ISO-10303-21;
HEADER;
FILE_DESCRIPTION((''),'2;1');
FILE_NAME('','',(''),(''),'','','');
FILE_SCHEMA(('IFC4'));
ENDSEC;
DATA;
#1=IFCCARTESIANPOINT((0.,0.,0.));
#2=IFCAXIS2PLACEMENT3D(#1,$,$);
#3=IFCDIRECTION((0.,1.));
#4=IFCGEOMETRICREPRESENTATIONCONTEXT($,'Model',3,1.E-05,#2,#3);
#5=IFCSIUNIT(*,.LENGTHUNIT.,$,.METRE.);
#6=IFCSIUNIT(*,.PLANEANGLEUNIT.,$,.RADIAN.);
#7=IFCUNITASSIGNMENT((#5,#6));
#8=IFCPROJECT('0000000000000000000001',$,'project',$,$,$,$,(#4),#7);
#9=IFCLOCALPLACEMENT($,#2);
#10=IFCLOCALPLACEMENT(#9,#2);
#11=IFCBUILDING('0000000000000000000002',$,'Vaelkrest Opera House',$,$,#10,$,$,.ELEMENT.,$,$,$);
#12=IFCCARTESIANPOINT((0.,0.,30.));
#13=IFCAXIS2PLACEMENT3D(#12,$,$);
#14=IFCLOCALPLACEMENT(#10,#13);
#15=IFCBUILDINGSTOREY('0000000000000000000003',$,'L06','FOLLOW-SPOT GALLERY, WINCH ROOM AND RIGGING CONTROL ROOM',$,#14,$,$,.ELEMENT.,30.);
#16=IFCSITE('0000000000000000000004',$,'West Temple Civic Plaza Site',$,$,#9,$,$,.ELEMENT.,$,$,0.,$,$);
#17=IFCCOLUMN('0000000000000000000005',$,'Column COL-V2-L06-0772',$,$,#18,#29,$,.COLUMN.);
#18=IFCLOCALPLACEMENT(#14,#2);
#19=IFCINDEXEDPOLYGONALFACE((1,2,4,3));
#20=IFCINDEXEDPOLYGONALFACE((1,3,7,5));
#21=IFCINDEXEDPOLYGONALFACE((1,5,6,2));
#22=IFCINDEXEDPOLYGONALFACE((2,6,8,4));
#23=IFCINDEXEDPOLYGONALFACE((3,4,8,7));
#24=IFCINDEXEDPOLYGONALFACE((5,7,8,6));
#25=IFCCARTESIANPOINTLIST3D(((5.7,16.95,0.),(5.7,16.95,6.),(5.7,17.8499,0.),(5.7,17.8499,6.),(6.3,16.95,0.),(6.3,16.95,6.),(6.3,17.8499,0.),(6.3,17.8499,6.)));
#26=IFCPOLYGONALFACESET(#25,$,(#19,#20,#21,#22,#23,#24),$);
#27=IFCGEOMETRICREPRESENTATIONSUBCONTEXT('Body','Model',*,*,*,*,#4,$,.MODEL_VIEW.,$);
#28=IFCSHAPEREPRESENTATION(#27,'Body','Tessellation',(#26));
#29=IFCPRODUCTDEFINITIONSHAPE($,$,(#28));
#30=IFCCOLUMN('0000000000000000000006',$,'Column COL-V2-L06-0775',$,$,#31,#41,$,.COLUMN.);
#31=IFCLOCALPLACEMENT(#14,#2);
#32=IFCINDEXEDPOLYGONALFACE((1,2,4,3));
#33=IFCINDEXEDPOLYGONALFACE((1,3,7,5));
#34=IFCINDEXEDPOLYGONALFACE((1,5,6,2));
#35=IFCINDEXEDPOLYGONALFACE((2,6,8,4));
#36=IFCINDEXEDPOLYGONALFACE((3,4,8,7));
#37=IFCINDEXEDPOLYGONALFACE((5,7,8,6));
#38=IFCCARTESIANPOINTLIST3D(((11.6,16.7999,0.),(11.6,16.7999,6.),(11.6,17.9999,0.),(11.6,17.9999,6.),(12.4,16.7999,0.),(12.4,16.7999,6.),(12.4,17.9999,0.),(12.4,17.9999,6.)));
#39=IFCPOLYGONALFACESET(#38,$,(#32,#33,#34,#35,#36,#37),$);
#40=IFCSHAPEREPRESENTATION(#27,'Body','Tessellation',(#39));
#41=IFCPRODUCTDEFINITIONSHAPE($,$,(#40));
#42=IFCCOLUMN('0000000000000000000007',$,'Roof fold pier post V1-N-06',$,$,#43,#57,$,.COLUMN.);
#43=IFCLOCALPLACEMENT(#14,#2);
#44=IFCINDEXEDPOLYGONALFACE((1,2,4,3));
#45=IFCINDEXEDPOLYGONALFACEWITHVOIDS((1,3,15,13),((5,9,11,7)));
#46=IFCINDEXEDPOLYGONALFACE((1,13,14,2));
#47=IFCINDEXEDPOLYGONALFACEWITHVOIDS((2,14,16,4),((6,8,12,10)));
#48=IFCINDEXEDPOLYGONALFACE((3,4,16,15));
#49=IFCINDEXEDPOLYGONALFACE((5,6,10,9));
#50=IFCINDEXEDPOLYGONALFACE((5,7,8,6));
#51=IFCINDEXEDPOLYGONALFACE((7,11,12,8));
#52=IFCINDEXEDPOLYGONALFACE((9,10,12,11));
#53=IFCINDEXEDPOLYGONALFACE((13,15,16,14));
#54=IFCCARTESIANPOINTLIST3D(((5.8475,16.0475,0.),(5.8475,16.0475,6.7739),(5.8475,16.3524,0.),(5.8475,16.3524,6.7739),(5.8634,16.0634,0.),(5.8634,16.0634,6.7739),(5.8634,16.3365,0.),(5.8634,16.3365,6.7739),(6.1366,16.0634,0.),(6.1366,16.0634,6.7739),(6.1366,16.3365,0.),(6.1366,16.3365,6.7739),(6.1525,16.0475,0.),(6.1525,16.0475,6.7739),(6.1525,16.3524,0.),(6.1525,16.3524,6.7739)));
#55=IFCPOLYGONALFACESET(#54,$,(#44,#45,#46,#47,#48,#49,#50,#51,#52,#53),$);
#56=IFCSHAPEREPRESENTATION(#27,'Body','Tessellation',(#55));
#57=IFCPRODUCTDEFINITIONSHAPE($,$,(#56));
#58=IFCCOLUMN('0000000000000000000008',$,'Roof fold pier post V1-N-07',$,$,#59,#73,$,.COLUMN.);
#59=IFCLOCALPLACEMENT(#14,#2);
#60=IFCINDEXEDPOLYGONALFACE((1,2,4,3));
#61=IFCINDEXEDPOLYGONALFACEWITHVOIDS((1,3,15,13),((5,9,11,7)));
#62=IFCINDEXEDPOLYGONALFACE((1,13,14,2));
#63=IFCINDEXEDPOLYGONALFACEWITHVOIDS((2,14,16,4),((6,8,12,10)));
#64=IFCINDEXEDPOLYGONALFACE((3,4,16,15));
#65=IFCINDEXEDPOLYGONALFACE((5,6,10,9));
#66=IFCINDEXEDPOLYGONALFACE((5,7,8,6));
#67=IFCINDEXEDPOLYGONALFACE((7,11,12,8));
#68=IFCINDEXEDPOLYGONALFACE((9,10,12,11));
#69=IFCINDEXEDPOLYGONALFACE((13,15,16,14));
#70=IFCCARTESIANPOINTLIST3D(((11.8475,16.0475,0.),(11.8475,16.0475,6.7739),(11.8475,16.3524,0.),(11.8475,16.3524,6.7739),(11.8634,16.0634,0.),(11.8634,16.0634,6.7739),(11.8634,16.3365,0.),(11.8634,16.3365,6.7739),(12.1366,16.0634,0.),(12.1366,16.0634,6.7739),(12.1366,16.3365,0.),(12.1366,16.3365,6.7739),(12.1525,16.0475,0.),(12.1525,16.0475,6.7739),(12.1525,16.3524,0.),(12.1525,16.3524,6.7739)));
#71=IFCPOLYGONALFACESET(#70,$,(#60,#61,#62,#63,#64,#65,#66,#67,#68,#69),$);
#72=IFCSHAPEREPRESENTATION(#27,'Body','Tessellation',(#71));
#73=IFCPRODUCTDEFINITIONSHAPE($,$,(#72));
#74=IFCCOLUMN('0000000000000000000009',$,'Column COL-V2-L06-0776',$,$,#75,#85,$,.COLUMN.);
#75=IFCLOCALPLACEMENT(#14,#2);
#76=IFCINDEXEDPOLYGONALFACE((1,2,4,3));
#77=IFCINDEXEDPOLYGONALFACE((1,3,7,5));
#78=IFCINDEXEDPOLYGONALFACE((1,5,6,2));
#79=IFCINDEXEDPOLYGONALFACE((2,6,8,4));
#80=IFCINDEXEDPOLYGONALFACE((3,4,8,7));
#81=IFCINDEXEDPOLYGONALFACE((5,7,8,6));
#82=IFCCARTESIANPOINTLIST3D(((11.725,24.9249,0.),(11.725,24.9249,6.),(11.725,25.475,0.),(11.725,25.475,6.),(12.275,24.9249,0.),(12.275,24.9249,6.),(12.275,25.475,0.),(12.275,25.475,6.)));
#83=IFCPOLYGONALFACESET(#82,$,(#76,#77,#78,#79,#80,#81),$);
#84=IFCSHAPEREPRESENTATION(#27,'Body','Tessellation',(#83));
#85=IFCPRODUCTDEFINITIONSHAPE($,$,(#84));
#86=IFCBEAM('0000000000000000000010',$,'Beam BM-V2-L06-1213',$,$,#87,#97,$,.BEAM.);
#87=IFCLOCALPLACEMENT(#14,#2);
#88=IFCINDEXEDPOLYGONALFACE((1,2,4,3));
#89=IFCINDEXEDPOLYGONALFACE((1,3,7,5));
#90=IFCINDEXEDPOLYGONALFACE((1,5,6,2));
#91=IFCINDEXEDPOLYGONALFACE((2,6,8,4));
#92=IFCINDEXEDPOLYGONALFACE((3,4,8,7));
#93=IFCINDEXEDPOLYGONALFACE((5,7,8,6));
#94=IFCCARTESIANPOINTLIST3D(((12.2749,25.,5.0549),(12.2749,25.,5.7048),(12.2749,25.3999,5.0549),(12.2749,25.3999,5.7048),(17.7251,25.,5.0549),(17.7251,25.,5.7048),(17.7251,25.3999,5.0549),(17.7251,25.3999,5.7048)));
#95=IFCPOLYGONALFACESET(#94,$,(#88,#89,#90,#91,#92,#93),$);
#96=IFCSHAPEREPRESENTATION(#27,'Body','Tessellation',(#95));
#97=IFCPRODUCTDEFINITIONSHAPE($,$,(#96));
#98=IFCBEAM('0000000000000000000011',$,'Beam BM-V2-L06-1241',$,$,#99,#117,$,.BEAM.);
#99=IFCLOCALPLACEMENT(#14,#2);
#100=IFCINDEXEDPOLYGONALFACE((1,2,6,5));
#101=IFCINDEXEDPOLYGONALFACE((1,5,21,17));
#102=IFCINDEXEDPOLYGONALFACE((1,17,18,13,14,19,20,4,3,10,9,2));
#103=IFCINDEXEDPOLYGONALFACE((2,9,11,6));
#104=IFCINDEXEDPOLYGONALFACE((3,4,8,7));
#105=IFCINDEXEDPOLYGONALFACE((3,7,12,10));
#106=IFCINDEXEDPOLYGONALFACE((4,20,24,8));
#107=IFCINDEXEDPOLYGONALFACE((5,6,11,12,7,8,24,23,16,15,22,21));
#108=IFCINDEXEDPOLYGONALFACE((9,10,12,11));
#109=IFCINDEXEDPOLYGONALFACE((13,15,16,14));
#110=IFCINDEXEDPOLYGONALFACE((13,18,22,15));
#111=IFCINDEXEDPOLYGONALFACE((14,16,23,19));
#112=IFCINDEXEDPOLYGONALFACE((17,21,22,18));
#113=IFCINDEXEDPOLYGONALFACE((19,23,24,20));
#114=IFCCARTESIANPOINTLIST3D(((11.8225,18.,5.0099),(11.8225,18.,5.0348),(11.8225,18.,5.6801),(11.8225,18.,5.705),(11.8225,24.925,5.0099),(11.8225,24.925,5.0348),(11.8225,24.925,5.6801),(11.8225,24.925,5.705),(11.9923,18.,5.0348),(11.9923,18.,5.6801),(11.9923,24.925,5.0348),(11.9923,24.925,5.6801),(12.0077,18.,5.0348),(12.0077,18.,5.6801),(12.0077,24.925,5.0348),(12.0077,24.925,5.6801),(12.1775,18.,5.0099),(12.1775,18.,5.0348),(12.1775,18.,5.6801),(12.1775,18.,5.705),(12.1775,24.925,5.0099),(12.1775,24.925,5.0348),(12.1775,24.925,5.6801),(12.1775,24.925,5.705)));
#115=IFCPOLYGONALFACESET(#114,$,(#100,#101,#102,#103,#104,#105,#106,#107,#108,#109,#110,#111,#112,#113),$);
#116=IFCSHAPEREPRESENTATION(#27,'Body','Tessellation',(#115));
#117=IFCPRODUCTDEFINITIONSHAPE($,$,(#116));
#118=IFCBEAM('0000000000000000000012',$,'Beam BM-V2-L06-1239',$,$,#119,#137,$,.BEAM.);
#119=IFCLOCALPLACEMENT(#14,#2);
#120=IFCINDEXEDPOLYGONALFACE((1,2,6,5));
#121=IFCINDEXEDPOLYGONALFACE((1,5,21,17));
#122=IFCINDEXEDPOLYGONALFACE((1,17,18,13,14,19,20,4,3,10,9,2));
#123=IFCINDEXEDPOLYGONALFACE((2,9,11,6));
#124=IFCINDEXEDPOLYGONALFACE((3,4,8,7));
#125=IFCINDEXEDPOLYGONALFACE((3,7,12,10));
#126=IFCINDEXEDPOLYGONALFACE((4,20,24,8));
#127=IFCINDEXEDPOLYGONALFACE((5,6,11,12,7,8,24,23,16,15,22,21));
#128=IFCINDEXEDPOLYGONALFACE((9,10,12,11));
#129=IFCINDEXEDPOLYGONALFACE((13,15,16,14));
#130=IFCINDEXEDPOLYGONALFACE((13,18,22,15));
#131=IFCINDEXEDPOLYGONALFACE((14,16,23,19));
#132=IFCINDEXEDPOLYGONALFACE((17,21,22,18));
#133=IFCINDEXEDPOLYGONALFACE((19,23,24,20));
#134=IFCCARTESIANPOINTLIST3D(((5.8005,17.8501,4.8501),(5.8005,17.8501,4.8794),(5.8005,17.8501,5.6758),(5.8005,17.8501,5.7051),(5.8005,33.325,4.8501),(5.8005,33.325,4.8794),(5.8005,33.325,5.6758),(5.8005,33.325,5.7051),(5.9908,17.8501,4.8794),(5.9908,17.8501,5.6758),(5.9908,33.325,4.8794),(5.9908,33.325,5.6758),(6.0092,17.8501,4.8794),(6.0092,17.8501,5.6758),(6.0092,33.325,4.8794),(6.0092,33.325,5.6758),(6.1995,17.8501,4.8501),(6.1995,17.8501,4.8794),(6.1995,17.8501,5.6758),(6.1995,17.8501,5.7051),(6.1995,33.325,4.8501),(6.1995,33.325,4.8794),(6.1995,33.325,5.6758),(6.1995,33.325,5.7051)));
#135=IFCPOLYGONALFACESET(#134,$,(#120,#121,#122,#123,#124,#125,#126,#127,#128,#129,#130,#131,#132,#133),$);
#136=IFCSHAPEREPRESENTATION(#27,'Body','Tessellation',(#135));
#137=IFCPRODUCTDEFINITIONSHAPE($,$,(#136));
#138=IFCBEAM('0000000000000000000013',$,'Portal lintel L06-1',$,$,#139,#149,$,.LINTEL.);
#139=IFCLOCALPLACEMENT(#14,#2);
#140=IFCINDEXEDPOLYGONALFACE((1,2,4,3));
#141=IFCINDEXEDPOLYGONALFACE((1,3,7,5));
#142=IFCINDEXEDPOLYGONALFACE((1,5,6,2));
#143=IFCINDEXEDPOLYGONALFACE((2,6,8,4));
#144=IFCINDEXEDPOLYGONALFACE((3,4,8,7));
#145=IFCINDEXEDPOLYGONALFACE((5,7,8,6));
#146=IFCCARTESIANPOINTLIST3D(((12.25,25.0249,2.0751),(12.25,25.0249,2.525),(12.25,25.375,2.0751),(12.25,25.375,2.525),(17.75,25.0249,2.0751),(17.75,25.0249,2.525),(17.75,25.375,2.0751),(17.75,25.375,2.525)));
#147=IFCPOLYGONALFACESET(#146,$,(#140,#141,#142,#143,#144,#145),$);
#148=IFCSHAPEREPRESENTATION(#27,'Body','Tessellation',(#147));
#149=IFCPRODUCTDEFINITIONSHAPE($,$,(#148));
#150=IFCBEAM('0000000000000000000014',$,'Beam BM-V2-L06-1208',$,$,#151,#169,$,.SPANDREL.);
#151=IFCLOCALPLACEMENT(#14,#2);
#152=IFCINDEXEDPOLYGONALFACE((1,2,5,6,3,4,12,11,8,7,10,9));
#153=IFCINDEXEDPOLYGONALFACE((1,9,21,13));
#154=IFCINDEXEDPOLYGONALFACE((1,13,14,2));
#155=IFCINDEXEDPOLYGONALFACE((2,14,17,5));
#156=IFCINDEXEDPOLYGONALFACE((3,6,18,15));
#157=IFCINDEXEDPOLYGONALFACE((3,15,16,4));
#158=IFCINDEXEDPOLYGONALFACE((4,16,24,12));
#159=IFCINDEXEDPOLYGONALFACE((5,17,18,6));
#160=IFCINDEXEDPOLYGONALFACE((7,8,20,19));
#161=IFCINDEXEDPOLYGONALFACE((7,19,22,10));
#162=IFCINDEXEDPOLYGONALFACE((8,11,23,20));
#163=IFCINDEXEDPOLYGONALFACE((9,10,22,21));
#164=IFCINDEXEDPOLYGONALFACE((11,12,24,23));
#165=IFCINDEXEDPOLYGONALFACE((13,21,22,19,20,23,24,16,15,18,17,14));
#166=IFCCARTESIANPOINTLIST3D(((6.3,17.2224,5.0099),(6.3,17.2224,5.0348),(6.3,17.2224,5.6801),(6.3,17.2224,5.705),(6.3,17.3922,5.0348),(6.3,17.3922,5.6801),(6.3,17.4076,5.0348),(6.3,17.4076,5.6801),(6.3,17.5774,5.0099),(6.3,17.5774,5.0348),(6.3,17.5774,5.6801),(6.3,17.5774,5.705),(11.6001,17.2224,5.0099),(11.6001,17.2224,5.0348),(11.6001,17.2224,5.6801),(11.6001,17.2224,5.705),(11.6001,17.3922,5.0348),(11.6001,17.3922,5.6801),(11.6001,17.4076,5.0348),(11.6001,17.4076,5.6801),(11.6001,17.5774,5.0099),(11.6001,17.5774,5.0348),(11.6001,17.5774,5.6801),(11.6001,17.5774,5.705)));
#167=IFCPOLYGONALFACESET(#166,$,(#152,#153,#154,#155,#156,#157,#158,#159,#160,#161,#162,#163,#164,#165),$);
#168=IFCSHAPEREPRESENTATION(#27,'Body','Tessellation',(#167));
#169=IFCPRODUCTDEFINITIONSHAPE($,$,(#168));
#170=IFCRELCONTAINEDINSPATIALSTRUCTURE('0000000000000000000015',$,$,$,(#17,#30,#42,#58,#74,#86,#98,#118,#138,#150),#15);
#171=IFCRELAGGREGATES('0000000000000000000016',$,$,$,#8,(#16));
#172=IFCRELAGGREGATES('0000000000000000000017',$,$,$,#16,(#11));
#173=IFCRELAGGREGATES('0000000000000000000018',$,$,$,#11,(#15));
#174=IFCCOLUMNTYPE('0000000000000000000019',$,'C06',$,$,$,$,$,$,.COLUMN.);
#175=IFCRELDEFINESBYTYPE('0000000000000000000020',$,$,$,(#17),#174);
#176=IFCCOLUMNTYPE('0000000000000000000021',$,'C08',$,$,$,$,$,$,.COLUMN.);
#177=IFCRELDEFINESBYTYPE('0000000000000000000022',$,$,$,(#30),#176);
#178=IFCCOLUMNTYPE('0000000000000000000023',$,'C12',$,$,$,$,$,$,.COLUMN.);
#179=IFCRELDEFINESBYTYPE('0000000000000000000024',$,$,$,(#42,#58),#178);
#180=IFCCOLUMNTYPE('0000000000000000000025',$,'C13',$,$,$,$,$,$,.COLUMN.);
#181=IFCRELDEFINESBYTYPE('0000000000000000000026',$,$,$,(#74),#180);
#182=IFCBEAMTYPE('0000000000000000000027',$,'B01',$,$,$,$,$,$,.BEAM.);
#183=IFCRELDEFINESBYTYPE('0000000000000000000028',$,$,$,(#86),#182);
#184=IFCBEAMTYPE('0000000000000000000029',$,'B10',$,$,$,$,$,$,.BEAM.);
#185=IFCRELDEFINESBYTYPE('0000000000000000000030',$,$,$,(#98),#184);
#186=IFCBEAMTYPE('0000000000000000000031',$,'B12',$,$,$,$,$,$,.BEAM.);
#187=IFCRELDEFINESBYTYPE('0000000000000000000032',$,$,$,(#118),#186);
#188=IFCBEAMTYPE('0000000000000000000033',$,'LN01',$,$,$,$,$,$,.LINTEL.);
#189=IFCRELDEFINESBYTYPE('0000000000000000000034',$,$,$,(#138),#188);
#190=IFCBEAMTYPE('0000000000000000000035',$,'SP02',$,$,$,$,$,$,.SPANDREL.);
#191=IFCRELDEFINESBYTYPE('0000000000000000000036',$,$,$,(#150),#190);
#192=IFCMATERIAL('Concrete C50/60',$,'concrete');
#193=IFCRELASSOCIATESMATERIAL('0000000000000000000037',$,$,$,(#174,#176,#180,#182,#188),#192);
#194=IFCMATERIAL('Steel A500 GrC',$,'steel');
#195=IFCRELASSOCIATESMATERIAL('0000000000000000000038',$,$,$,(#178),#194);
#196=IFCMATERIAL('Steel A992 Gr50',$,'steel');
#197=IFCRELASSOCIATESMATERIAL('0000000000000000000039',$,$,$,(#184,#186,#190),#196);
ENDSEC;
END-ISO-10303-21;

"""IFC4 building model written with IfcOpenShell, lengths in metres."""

from ifc_helpers import new_model, si_unit, direction, frame, origin, origin_2d, place, context, subcontext, project, spatial, rectangle, hollow_rectangle, i_section, extrude, material, material_profile, profile_set, type_object, element, save


model = new_model("IFC4")

# Units and contexts
model_context = context("Model", 3, precision=1e-05, world=origin(), true_north=direction((0.0, 1.0)))
body_context = subcontext(model_context, "Body", "Model", "MODEL_VIEW")
ifc_project = project(units=[si_unit("LENGTHUNIT", "METRE"), si_unit("PLANEANGLEUNIT", "RADIAN")], contexts=[model_context])

# Site, building, storey
site_placement = place(None, origin())
site = spatial("IfcSite", under=ifc_project, at=site_placement, Name="West Temple Civic Plaza Site", CompositionType="ELEMENT", RefElevation=0.0)
building_placement = place(site_placement, origin())
building = spatial("IfcBuilding", under=site, at=building_placement, Name="Vaelkrest Opera House", CompositionType="ELEMENT")
storey_placement = place(building_placement, frame((0.0, 0.0, 30.0)))
storey = spatial("IfcBuildingStorey", under=building, at=storey_placement, Name="L06", Description="FOLLOW-SPOT GALLERY, WINCH ROOM AND RIGGING CONTROL ROOM", CompositionType="ELEMENT", Elevation=30.0)

# Columns
ifc_material_1 = material(Name="Concrete C50/60", Category="concrete")
ifc_material_profile_1 = material_profile(ifc_material_1, rectangle(XDim=0.6001, YDim=0.8999, at=origin_2d()), Name="RC600X900")
ifc_profile_set_1 = profile_set([ifc_material_profile_1], Name="Concrete C50/60")
column_type_1 = type_object("IfcColumnType", Name="C06", PredefinedType="COLUMN", material=ifc_profile_set_1)
column_1_placement = place(storey_placement, frame((6.0, 17.3999, 0.0), z_axis=(0.0, 0.0, 1.0), x_axis=(1.0, 0.0, 0.0)))
element("IfcColumn", 1, at=column_1_placement, inside=storey, type_object=column_type_1, Name="Column COL-V2-L06-0772", PredefinedType="COLUMN", context=body_context, shape_type="SweptSolid", body=[
    extrude(rectangle(XDim=0.6001, YDim=0.8999, at=origin_2d()), origin(), (0.0, 0.0, 1.0), 6.0),
])
ifc_material_profile_2 = material_profile(ifc_material_1, rectangle(XDim=0.8, YDim=1.2, at=origin_2d()), Name="RC800X1200")
ifc_profile_set_2 = profile_set([ifc_material_profile_2], Name="Concrete C50/60")
column_type_2 = type_object("IfcColumnType", Name="C08", PredefinedType="COLUMN", material=ifc_profile_set_2)
column_2_placement = place(storey_placement, frame((12.0, 17.3999, 0.0), z_axis=(0.0, 0.0, 1.0), x_axis=(1.0, 0.0, 0.0)))
element("IfcColumn", 2, at=column_2_placement, inside=storey, type_object=column_type_2, Name="Column COL-V2-L06-0775", PredefinedType="COLUMN", context=body_context, shape_type="SweptSolid", body=[
    extrude(rectangle(XDim=0.8, YDim=1.2, at=origin_2d()), origin(), (0.0, 0.0, 1.0), 6.0),
])
ifc_material_2 = material(Name="Steel A500 GrC", Category="steel")
ifc_material_profile_3 = material_profile(ifc_material_2, hollow_rectangle(XDim=0.3049, YDim=0.3049, WallThickness=0.0159, at=origin_2d()), Name="HSS305X305X15.9")
ifc_profile_set_3 = profile_set([ifc_material_profile_3], Name="Steel A500 GrC")
column_type_3 = type_object("IfcColumnType", Name="C12", PredefinedType="COLUMN", material=ifc_profile_set_3)
for number, where, z_axis, x_axis, name in (
    (3, (6.0, 16.2, 0.0), (0.0, 0.0, 1.0), (1.0, 0.0, 0.0), "Roof fold pier post V1-N-06"),
    (4, (12.0, 16.2, 0.0), (0.0, 0.0, 1.0), (1.0, 0.0, 0.0), "Roof fold pier post V1-N-07"),
):
    element("IfcColumn", number, at=place(storey_placement, frame(where, z_axis=z_axis, x_axis=x_axis)), inside=storey, type_object=column_type_3, Name=name, PredefinedType="COLUMN", context=body_context, shape_type="SweptSolid", body=[
        extrude(hollow_rectangle(XDim=0.3049, YDim=0.3049, WallThickness=0.0159, at=origin_2d()), origin(), (0.0, 0.0, 1.0), 6.7739),
    ])
ifc_material_profile_4 = material_profile(ifc_material_1, rectangle(XDim=0.55, YDim=0.55, at=origin_2d()), Name="RC550X550")
ifc_profile_set_4 = profile_set([ifc_material_profile_4], Name="Concrete C50/60")
column_type_4 = type_object("IfcColumnType", Name="C13", PredefinedType="COLUMN", material=ifc_profile_set_4)
column_3_placement = place(storey_placement, frame((12.0, 25.2, 0.0), z_axis=(0.0, 0.0, 1.0), x_axis=(1.0, 0.0, 0.0)))
element("IfcColumn", 5, at=column_3_placement, inside=storey, type_object=column_type_4, Name="Column COL-V2-L06-0776", PredefinedType="COLUMN", context=body_context, shape_type="SweptSolid", body=[
    extrude(rectangle(XDim=0.55, YDim=0.55, at=origin_2d()), origin(), (0.0, 0.0, 1.0), 6.0),
])

# Beams
ifc_material_profile_5 = material_profile(ifc_material_1, rectangle(XDim=0.3999, YDim=0.6499, at=origin_2d()), Name="RCB400X650")
ifc_profile_set_5 = profile_set([ifc_material_profile_5], Name="Concrete C50/60")
beam_type_1 = type_object("IfcBeamType", Name="B01", PredefinedType="BEAM", material=ifc_profile_set_5)
beam_1_placement = place(storey_placement, frame((12.2749, 25.2, 5.3799), z_axis=(1.0, 0.0, 0.0), x_axis=(0.0, 1.0, 0.0)))
element("IfcBeam", 6, at=beam_1_placement, inside=storey, type_object=beam_type_1, Name="Beam BM-V2-L06-1213", PredefinedType="BEAM", context=body_context, shape_type="SweptSolid", body=[
    extrude(rectangle(XDim=0.3999, YDim=0.6499, at=origin_2d()), origin(), (0.0, 0.0, 1.0), 5.4502),
])
ifc_material_3 = material(Name="Steel A992 Gr50", Category="steel")
ifc_material_profile_6 = material_profile(ifc_material_3, i_section(OverallWidth=0.355, OverallDepth=0.6951, WebThickness=0.0154, FlangeThickness=0.0249, at=origin_2d()), Name="W27X146")
ifc_profile_set_6 = profile_set([ifc_material_profile_6], Name="Steel A992 Gr50")
beam_type_2 = type_object("IfcBeamType", Name="B10", PredefinedType="BEAM", material=ifc_profile_set_6)
beam_2_placement = place(storey_placement, frame((12.0, 18.0, 5.3574), z_axis=(0.0, 1.0, 0.0), x_axis=(-1.0, 0.0, 0.0)))
element("IfcBeam", 7, at=beam_2_placement, inside=storey, type_object=beam_type_2, Name="Beam BM-V2-L06-1241", PredefinedType="BEAM", context=body_context, shape_type="SweptSolid", body=[
    extrude(i_section(OverallWidth=0.355, OverallDepth=0.6951, WebThickness=0.0154, FlangeThickness=0.0249, at=origin_2d()), origin(), (0.0, 0.0, 1.0), 6.925),
])
ifc_material_profile_7 = material_profile(ifc_material_3, i_section(OverallWidth=0.3989, OverallDepth=0.855, WebThickness=0.0183, FlangeThickness=0.0293, at=origin_2d()), Name="W33X201")
ifc_profile_set_7 = profile_set([ifc_material_profile_7], Name="Steel A992 Gr50")
beam_type_3 = type_object("IfcBeamType", Name="B12", PredefinedType="BEAM", material=ifc_profile_set_7)
beam_3_placement = place(storey_placement, frame((6.0, 17.8501, 5.2776), z_axis=(0.0, 1.0, 0.0), x_axis=(-1.0, 0.0, 0.0)))
element("IfcBeam", 8, at=beam_3_placement, inside=storey, type_object=beam_type_3, Name="Beam BM-V2-L06-1239", PredefinedType="BEAM", context=body_context, shape_type="SweptSolid", body=[
    extrude(i_section(OverallWidth=0.3989, OverallDepth=0.855, WebThickness=0.0183, FlangeThickness=0.0293, at=origin_2d()), origin(), (0.0, 0.0, 1.0), 15.4749),
])
ifc_material_profile_8 = material_profile(ifc_material_1, rectangle(XDim=0.3501, YDim=0.45, at=origin_2d()), Name="RCB350X450")
ifc_profile_set_8 = profile_set([ifc_material_profile_8], Name="Concrete C50/60")
beam_type_4 = type_object("IfcBeamType", Name="LN01", PredefinedType="LINTEL", material=ifc_profile_set_8)
beam_4_placement = place(storey_placement, frame((12.25, 25.2, 2.3), z_axis=(1.0, 0.0, 0.0), x_axis=(0.0, 1.0, 0.0)))
element("IfcBeam", 9, at=beam_4_placement, inside=storey, type_object=beam_type_4, Name="Portal lintel L06-1", PredefinedType="LINTEL", context=body_context, shape_type="SweptSolid", body=[
    extrude(rectangle(XDim=0.3501, YDim=0.45, at=origin_2d()), origin(), (0.0, 0.0, 1.0), 5.5),
])
ifc_material_profile_9 = material_profile(ifc_material_3, i_section(OverallWidth=0.355, OverallDepth=0.6951, WebThickness=0.0154, FlangeThickness=0.0249, at=origin_2d()), Name="W27X146")
ifc_profile_set_9 = profile_set([ifc_material_profile_9], Name="Steel A992 Gr50")
beam_type_5 = type_object("IfcBeamType", Name="SP02", PredefinedType="SPANDREL", material=ifc_profile_set_9)
beam_5_placement = place(storey_placement, frame((6.3, 17.3999, 5.3574), z_axis=(1.0, 0.0, 0.0), x_axis=(0.0, 1.0, 0.0)))
element("IfcBeam", 10, at=beam_5_placement, inside=storey, type_object=beam_type_5, Name="Beam BM-V2-L06-1208", PredefinedType="SPANDREL", context=body_context, shape_type="SweptSolid", body=[
    extrude(i_section(OverallWidth=0.355, OverallDepth=0.6951, WebThickness=0.0154, FlangeThickness=0.0249, at=origin_2d()), origin(), (0.0, 0.0, 1.0), 5.3),
])

save(model, "model.ifc")
